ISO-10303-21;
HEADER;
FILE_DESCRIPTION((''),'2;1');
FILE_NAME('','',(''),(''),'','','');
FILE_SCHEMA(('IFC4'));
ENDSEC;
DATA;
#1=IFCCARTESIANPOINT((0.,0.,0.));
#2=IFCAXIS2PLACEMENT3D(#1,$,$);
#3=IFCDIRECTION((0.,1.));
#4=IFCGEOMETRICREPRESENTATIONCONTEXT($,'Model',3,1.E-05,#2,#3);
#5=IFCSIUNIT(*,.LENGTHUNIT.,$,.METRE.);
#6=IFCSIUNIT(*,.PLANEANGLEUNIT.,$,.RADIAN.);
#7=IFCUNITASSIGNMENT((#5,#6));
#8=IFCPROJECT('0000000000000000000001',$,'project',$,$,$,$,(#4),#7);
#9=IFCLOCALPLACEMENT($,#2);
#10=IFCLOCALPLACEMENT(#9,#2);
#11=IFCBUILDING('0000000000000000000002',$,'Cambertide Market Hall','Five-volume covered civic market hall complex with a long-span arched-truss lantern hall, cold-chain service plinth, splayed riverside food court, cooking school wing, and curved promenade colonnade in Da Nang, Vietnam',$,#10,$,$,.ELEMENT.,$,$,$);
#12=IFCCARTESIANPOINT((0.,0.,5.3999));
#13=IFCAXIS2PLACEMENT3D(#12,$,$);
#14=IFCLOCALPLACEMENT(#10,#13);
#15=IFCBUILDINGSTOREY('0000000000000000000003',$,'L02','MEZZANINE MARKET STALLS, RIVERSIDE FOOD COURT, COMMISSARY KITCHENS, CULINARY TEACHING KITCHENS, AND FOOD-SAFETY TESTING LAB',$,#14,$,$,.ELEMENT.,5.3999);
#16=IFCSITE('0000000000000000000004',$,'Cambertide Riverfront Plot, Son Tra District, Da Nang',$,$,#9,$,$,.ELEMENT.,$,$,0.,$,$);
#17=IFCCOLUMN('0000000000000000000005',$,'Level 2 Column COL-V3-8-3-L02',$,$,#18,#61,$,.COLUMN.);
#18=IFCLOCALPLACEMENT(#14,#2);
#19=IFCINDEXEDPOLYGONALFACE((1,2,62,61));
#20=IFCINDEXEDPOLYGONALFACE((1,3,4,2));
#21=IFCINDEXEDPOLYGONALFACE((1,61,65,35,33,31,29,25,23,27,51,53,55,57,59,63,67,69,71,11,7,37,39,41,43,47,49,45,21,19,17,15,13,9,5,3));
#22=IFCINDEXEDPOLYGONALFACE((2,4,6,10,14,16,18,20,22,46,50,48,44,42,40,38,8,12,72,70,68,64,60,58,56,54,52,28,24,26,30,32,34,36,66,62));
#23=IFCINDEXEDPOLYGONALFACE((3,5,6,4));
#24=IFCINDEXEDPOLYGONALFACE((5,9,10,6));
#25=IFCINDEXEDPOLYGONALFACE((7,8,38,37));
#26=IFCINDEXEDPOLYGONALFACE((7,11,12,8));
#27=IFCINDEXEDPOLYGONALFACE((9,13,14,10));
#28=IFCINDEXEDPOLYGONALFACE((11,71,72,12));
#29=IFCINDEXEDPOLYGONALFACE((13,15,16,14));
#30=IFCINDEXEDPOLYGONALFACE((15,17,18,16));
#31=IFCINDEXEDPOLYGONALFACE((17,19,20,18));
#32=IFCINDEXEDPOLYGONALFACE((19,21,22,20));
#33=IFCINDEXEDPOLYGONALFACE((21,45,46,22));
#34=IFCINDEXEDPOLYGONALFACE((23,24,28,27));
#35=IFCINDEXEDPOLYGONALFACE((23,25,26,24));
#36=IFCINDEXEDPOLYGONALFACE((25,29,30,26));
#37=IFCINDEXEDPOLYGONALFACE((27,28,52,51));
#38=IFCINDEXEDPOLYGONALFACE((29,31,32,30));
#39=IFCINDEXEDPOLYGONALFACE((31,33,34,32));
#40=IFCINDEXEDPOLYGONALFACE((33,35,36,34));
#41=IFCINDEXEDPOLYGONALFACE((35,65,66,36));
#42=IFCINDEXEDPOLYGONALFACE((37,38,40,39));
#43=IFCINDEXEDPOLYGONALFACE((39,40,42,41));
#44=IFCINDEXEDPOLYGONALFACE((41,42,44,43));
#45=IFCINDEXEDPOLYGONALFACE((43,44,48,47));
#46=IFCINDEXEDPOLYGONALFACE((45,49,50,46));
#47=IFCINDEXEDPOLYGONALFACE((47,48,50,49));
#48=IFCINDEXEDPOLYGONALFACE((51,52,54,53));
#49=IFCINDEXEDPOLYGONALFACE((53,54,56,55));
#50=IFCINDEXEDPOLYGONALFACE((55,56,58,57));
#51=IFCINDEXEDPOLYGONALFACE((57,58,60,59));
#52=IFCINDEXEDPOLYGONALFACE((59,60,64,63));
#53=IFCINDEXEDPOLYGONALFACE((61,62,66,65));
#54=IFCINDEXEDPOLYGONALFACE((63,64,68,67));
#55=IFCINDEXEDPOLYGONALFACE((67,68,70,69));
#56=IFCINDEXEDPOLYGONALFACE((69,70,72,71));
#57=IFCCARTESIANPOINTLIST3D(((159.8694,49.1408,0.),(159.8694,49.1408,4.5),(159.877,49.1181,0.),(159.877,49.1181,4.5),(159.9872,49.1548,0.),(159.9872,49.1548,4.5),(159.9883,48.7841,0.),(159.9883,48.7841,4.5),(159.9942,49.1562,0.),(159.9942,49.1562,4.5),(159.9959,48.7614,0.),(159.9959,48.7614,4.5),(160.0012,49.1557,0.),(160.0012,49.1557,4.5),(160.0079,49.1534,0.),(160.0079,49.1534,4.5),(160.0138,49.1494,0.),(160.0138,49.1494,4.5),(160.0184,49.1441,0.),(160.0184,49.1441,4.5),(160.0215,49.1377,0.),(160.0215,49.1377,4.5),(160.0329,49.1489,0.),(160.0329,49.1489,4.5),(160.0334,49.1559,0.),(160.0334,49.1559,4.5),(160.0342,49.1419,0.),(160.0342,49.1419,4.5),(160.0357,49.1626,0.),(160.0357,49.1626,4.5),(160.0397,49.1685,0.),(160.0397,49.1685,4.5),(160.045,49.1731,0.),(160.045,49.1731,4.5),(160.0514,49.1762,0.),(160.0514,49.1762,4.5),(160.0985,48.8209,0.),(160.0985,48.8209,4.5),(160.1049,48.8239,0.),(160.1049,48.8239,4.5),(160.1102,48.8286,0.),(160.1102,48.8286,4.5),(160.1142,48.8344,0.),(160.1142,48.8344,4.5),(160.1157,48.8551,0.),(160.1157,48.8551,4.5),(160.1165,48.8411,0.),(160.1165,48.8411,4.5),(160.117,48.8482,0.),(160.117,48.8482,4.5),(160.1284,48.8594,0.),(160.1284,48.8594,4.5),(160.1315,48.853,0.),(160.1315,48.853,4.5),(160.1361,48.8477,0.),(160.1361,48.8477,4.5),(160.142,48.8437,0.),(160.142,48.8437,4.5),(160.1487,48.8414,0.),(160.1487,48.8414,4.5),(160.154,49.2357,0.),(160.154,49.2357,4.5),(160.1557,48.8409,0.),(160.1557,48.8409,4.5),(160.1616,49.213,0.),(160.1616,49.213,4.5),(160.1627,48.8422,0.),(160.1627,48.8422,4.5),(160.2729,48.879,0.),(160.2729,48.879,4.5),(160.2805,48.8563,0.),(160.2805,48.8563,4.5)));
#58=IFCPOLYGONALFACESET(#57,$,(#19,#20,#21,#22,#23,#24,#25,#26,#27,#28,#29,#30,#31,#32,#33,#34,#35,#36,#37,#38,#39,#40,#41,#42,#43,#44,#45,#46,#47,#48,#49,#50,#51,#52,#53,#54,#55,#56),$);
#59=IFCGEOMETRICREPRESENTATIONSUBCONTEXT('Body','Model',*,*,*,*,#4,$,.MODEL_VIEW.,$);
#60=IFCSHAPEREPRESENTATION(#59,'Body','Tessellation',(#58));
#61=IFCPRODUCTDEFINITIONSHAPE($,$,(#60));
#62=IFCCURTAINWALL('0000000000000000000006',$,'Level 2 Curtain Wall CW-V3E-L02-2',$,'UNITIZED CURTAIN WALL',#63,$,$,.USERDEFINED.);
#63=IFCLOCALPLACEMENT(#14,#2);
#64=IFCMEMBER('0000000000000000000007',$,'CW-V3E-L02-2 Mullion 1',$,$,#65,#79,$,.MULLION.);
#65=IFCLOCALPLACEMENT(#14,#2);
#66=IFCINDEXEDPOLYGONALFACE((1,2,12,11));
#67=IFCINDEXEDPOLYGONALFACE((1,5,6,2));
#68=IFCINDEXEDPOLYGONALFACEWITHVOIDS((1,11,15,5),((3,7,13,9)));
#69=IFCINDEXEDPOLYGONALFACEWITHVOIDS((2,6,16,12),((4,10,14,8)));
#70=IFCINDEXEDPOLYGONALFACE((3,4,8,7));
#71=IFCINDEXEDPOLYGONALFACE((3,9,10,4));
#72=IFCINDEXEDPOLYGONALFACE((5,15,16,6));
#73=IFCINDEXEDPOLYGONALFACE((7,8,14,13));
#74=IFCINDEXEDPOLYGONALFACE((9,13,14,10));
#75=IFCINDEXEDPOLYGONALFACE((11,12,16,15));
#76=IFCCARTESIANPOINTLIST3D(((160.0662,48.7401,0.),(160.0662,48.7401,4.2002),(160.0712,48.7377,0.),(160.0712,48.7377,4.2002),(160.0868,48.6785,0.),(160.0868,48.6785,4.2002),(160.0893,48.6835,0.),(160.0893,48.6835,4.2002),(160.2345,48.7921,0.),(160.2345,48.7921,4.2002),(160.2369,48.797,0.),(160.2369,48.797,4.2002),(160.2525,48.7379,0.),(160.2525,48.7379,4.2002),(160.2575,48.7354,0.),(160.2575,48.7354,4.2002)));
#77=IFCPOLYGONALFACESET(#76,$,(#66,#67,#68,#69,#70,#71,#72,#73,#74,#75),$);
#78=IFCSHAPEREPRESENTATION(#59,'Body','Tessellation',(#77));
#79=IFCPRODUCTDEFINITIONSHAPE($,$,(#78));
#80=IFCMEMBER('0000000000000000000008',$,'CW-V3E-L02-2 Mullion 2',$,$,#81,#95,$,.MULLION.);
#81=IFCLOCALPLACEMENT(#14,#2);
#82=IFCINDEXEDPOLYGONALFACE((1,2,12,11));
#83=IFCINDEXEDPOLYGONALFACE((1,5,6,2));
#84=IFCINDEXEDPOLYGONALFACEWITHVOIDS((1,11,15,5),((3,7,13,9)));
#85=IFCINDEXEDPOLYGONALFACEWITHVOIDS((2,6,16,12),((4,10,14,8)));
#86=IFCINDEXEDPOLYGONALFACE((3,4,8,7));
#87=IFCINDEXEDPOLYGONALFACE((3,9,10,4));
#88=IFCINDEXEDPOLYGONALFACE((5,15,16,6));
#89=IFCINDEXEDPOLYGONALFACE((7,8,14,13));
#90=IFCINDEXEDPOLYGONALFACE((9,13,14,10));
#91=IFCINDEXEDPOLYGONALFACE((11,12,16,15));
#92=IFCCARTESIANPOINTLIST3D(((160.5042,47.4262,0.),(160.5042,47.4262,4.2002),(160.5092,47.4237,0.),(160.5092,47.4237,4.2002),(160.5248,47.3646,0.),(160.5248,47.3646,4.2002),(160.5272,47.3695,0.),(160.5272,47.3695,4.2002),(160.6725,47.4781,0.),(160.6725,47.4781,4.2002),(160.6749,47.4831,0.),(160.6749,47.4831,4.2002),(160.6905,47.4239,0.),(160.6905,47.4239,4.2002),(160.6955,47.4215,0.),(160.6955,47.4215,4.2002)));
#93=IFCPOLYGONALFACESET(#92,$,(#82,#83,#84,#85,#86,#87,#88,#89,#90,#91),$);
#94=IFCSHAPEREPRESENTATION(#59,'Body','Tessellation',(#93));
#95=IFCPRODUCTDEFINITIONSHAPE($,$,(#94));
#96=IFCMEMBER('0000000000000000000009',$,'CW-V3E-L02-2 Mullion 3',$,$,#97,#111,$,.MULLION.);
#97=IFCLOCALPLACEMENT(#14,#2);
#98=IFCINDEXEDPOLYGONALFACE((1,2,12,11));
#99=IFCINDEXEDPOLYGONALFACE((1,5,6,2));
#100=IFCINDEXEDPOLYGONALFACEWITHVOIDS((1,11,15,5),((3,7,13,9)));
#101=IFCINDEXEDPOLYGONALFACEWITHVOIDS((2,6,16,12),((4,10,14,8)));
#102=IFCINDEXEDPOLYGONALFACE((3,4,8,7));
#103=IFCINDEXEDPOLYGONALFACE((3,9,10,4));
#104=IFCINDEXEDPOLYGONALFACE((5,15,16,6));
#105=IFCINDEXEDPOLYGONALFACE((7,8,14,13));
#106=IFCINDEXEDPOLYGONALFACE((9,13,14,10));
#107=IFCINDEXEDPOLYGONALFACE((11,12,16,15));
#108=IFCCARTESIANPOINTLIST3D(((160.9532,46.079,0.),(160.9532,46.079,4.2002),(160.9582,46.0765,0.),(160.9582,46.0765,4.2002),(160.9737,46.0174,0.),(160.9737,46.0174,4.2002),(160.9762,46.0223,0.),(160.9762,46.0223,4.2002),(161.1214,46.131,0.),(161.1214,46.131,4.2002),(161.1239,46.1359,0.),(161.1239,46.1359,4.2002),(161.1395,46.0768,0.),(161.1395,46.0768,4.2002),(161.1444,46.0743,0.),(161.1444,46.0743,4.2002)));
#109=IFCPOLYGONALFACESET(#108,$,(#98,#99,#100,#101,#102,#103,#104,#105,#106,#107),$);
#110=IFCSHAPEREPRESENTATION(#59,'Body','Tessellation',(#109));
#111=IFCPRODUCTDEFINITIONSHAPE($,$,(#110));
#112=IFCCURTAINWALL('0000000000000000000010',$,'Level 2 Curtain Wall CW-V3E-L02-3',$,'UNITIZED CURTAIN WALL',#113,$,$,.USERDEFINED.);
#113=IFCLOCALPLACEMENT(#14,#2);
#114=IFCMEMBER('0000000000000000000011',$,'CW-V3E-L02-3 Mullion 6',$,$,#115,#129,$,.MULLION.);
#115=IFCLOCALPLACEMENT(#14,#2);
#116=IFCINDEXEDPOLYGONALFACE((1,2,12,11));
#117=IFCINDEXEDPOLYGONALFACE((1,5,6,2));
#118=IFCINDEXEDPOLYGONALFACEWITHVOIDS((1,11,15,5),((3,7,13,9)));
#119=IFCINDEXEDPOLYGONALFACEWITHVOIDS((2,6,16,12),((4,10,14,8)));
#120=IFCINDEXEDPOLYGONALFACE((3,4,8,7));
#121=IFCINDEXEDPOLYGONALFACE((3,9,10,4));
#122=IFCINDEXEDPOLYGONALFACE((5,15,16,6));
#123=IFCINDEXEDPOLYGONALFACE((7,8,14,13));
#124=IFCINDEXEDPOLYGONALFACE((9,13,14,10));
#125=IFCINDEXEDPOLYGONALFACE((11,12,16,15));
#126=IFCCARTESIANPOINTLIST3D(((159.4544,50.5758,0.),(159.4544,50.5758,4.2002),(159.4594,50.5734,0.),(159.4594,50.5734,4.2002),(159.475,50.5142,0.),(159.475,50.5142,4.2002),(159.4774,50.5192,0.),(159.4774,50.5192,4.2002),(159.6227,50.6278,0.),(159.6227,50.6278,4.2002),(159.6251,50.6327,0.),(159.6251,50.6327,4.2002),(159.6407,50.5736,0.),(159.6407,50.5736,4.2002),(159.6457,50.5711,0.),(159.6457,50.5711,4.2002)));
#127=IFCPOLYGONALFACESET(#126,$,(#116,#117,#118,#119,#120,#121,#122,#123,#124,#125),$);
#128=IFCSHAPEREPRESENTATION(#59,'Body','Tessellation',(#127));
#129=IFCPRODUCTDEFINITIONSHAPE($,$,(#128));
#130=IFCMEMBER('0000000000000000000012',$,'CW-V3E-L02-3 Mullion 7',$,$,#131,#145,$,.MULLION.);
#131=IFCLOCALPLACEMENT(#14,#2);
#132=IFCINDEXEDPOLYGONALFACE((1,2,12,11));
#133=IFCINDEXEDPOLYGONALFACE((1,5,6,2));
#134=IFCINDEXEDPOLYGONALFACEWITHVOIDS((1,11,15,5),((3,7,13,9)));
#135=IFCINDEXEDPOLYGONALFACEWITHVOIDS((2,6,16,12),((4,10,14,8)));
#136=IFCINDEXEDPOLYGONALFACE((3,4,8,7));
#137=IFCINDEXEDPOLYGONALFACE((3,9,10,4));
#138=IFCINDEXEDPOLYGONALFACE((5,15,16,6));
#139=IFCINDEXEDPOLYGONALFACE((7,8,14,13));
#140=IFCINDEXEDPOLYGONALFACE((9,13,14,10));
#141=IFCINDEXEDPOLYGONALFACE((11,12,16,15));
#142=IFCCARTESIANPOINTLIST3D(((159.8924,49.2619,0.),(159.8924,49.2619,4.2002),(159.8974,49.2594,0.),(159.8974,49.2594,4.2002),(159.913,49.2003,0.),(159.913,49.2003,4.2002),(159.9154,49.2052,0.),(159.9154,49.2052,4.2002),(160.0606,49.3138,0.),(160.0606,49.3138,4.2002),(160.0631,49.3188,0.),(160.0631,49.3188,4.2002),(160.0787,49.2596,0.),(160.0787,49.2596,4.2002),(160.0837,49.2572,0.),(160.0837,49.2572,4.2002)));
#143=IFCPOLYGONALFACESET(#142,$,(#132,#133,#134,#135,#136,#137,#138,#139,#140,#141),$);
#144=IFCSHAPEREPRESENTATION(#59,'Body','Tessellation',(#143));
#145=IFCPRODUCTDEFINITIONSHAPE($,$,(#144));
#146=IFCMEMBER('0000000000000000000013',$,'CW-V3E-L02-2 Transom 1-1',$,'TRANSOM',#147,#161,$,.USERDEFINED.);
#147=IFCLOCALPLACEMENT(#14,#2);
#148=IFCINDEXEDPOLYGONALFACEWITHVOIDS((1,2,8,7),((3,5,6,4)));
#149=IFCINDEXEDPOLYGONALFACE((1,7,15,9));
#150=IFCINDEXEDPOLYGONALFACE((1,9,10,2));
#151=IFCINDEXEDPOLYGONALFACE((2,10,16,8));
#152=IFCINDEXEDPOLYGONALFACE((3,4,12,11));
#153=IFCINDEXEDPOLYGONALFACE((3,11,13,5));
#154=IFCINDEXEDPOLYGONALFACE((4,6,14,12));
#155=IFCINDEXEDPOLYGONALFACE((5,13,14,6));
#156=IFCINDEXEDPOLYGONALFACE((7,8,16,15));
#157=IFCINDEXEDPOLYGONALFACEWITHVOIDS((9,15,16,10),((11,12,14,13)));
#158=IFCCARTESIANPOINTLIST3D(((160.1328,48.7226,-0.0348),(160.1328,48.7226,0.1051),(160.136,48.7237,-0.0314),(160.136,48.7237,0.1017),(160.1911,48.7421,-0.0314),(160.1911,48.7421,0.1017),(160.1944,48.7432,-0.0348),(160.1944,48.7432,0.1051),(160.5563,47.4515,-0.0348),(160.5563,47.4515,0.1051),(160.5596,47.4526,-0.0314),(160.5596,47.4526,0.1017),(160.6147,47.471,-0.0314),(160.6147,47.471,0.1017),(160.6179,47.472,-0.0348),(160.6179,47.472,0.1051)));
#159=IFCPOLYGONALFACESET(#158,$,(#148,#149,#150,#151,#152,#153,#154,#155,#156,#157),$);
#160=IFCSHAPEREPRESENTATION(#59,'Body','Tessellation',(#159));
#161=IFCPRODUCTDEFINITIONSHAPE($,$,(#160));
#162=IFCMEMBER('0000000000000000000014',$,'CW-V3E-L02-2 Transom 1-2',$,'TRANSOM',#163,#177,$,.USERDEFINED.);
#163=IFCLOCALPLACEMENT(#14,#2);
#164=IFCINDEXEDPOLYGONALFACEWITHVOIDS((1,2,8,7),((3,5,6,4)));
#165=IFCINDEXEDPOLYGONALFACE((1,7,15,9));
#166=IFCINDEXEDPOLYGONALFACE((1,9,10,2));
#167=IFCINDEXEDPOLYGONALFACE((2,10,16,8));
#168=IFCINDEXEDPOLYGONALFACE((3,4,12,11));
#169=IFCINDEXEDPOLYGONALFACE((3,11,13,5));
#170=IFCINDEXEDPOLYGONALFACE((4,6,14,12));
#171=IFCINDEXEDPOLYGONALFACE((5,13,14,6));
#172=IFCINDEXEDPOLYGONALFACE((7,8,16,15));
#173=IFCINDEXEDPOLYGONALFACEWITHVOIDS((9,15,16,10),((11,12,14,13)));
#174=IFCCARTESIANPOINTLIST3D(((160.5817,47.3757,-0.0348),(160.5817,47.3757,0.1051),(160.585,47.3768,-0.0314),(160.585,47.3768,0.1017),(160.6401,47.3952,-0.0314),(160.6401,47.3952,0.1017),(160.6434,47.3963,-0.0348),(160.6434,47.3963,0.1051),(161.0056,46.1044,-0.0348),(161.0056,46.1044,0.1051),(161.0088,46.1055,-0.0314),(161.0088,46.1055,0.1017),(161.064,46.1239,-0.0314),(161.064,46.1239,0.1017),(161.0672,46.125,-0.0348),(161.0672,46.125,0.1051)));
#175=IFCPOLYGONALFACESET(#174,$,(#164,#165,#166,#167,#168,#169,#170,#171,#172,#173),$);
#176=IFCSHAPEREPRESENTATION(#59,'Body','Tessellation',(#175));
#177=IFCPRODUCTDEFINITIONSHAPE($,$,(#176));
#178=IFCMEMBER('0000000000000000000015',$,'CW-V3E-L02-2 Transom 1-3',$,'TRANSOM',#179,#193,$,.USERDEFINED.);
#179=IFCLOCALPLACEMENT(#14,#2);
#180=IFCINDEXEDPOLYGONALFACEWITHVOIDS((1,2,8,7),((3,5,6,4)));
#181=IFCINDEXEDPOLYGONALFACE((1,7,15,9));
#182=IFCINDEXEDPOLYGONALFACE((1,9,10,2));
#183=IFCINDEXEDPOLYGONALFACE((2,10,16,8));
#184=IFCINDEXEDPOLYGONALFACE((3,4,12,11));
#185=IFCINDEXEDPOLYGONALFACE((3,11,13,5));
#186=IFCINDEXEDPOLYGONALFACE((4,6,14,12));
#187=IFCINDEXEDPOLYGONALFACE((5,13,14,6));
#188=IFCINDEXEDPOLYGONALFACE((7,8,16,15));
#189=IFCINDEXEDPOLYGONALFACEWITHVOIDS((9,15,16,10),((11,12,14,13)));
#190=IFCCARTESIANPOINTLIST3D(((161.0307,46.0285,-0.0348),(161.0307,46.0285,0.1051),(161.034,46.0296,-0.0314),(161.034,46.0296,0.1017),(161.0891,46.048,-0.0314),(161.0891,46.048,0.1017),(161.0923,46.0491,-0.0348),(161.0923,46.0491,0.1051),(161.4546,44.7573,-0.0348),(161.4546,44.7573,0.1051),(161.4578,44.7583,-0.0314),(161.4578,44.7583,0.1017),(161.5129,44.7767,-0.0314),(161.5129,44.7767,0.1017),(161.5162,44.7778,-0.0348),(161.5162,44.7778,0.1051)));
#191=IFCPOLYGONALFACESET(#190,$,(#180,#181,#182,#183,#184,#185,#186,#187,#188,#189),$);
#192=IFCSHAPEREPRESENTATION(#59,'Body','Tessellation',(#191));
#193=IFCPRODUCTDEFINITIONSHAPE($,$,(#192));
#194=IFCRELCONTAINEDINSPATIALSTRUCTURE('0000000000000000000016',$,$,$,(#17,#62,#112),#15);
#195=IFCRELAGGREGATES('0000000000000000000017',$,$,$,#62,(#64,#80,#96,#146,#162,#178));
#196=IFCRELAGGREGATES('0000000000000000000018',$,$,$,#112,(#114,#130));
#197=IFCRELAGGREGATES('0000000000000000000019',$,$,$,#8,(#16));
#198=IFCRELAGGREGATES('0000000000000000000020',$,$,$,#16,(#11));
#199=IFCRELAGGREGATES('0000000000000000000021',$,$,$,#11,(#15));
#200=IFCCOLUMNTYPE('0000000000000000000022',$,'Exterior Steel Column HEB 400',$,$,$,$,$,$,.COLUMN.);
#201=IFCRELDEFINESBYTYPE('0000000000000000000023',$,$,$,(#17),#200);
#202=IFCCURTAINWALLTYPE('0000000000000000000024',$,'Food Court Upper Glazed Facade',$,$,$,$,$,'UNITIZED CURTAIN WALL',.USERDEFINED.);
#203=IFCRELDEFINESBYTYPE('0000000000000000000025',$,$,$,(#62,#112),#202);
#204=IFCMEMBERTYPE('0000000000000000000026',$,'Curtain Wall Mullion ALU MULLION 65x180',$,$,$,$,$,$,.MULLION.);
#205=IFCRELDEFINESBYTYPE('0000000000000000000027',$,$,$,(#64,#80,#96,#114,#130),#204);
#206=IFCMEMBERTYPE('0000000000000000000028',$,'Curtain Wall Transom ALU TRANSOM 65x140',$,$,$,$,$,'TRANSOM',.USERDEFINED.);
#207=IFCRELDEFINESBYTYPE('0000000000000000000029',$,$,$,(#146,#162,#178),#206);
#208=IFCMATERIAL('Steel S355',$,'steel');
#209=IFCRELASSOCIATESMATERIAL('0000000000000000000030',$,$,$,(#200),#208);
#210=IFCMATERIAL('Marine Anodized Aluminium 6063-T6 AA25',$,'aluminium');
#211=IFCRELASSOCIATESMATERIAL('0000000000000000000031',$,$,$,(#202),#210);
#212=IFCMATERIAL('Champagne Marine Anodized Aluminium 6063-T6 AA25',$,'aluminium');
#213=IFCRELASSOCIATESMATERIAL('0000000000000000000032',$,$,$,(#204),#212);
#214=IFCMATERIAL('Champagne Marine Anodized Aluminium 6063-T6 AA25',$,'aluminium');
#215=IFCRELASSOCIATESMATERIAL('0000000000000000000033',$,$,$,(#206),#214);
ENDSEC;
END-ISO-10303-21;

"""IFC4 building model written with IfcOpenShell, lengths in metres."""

from ifc_helpers import new_model, si_unit, direction, frame, origin, origin_2d, place, context, subcontext, project, spatial, hollow_rectangle, i_section, extrude, material, material_profile, profile_set, type_object, element, aggregate, save


model = new_model("IFC4")

# Units and contexts
model_context = context("Model", 3, precision=1e-05, world=origin(), true_north=direction((0.0, 1.0)))
body_context = subcontext(model_context, "Body", "Model", "MODEL_VIEW")
ifc_project = project(units=[si_unit("LENGTHUNIT", "METRE"), si_unit("PLANEANGLEUNIT", "RADIAN")], contexts=[model_context])

# Site, building, storey
site_placement = place(None, origin())
site = spatial("IfcSite", under=ifc_project, at=site_placement, Name="Cambertide Riverfront Plot, Son Tra District, Da Nang", CompositionType="ELEMENT", RefElevation=0.0)
building_placement = place(site_placement, origin())
building = spatial("IfcBuilding", under=site, at=building_placement, Name="Cambertide Market Hall", Description="Five-volume covered civic market hall complex with a long-span arched-truss lantern hall, cold-chain service plinth, splayed riverside food court, cooking school wing, and curved promenade colonnade in Da Nang, Vietnam", CompositionType="ELEMENT")
storey_placement = place(building_placement, frame((0.0, 0.0, 5.3999)))
storey = spatial("IfcBuildingStorey", under=building, at=storey_placement, Name="L02", Description="MEZZANINE MARKET STALLS, RIVERSIDE FOOD COURT, COMMISSARY KITCHENS, CULINARY TEACHING KITCHENS, AND FOOD-SAFETY TESTING LAB", CompositionType="ELEMENT", Elevation=5.3999)

# Column
ifc_material_1 = material(Name="Steel S355", Category="steel")
ifc_material_profile_1 = material_profile(ifc_material_1, i_section(OverallWidth=0.3, OverallDepth=0.3999, WebThickness=0.0134, FlangeThickness=0.0239, FilletRadius=0.0271, at=origin_2d()), Name="HEB 400")
ifc_profile_set_1 = profile_set([ifc_material_profile_1], Name="Steel S355")
column_type = type_object("IfcColumnType", Name="Exterior Steel Column HEB 400", PredefinedType="COLUMN", material=ifc_profile_set_1)
column_placement = place(storey_placement, frame((160.075, 48.9985, 0.0), z_axis=(0.0, 0.0, 1.0), x_axis=(0.948683, 0.316228, 0.0)))
element("IfcColumn", 1, at=column_placement, inside=storey, type_object=column_type, Name="Level 2 Column COL-V3-8-3-L02", PredefinedType="COLUMN", context=body_context, shape_type="SweptSolid", body=[
    extrude(i_section(OverallWidth=0.3, OverallDepth=0.3999, WebThickness=0.0134, FlangeThickness=0.0239, FilletRadius=0.0271, at=origin_2d()), origin(), (0.0, 0.0, 1.0), 4.5),
])

# Curtain walls, members
ifc_material_2 = material(Name="Marine Anodized Aluminium 6063-T6 AA25", Category="aluminium")
curtain_wall_type = type_object("IfcCurtainWallType", Name="Food Court Upper Glazed Facade", ElementType="UNITIZED CURTAIN WALL", PredefinedType="USERDEFINED", material=ifc_material_2)
curtain_wall_1_placement = place(storey_placement, origin())
curtain_wall_1 = element("IfcCurtainWall", 2, at=curtain_wall_1_placement, inside=storey, type_object=curtain_wall_type, Name="Level 2 Curtain Wall CW-V3E-L02-2", ObjectType="UNITIZED CURTAIN WALL", PredefinedType="USERDEFINED")
ifc_material_3 = material(Name="Champagne Marine Anodized Aluminium 6063-T6 AA25", Category="aluminium")
ifc_material_profile_2 = material_profile(ifc_material_3, hollow_rectangle(XDim=0.0649, YDim=0.1799, WallThickness=0.0039, at=origin_2d()), Name="ALU MULLION 65x180")
ifc_profile_set_2 = profile_set([ifc_material_profile_2], Name="Champagne Marine Anodized Aluminium 6063-T6 AA25")
member_type_1 = type_object("IfcMemberType", Name="Curtain Wall Mullion ALU MULLION 65x180", PredefinedType="MULLION", material=ifc_profile_set_2)
member_1_placement = place(storey_placement, frame((160.1619, 48.7378, 0.0), z_axis=(0.0, 0.0, 1.0), x_axis=(0.316228, -0.948683, 0.0)))
member_1 = element("IfcMember", 3, at=member_1_placement, type_object=member_type_1, Name="CW-V3E-L02-2 Mullion 1", PredefinedType="MULLION", context=body_context, shape_type="SweptSolid", body=[
    extrude(hollow_rectangle(XDim=0.0649, YDim=0.1799, WallThickness=0.0039, at=origin_2d()), origin(), (0.0, 0.0, 1.0), 4.2002),
])
member_2_placement = place(storey_placement, frame((160.5999, 47.4238, 0.0), z_axis=(0.0, 0.0, 1.0), x_axis=(0.316228, -0.948683, 0.0)))
member_2 = element("IfcMember", 4, at=member_2_placement, type_object=member_type_1, Name="CW-V3E-L02-2 Mullion 2", PredefinedType="MULLION", context=body_context, shape_type="SweptSolid", body=[
    extrude(hollow_rectangle(XDim=0.0649, YDim=0.1799, WallThickness=0.0039, at=origin_2d()), origin(), (0.0, 0.0, 1.0), 4.2002),
])
member_3_placement = place(storey_placement, frame((161.0488, 46.0767, 0.0), z_axis=(0.0, 0.0, 1.0), x_axis=(0.316228, -0.948683, 0.0)))
member_3 = element("IfcMember", 5, at=member_3_placement, type_object=member_type_1, Name="CW-V3E-L02-2 Mullion 3", PredefinedType="MULLION", context=body_context, shape_type="SweptSolid", body=[
    extrude(hollow_rectangle(XDim=0.0649, YDim=0.1799, WallThickness=0.0039, at=origin_2d()), origin(), (0.0, 0.0, 1.0), 4.2002),
])
curtain_wall_2_placement = place(storey_placement, origin())
curtain_wall_2 = element("IfcCurtainWall", 6, at=curtain_wall_2_placement, inside=storey, type_object=curtain_wall_type, Name="Level 2 Curtain Wall CW-V3E-L02-3", ObjectType="UNITIZED CURTAIN WALL", PredefinedType="USERDEFINED")
member_4_placement = place(storey_placement, frame((159.55, 50.5735, 0.0), z_axis=(0.0, 0.0, 1.0), x_axis=(0.316228, -0.948683, 0.0)))
member_4 = element("IfcMember", 7, at=member_4_placement, type_object=member_type_1, Name="CW-V3E-L02-3 Mullion 6", PredefinedType="MULLION", context=body_context, shape_type="SweptSolid", body=[
    extrude(hollow_rectangle(XDim=0.0649, YDim=0.1799, WallThickness=0.0039, at=origin_2d()), origin(), (0.0, 0.0, 1.0), 4.2002),
])
member_5_placement = place(storey_placement, frame((159.988, 49.2595, 0.0), z_axis=(0.0, 0.0, 1.0), x_axis=(0.316228, -0.948683, 0.0)))
member_5 = element("IfcMember", 8, at=member_5_placement, type_object=member_type_1, Name="CW-V3E-L02-3 Mullion 7", PredefinedType="MULLION", context=body_context, shape_type="SweptSolid", body=[
    extrude(hollow_rectangle(XDim=0.0649, YDim=0.1799, WallThickness=0.0039, at=origin_2d()), origin(), (0.0, 0.0, 1.0), 4.2002),
])

# Members
ifc_material_4 = material(Name="Champagne Marine Anodized Aluminium 6063-T6 AA25", Category="aluminium")
ifc_material_profile_3 = material_profile(ifc_material_4, hollow_rectangle(XDim=0.0649, YDim=0.1399, WallThickness=0.0034, at=origin_2d()), Name="ALU TRANSOM 65x140")
ifc_profile_set_3 = profile_set([ifc_material_profile_3], Name="Champagne Marine Anodized Aluminium 6063-T6 AA25")
member_type_2 = type_object("IfcMemberType", Name="Curtain Wall Transom ALU TRANSOM 65x140", ElementType="TRANSOM", PredefinedType="USERDEFINED", material=ifc_profile_set_3)
member_6_placement = place(storey_placement, frame((160.1636, 48.7329, 0.0352), z_axis=(0.316118, -0.94872, 0.0), x_axis=(0.94872, 0.316118, 0.0)))
member_6 = element("IfcMember", 9, at=member_6_placement, type_object=member_type_2, Name="CW-V3E-L02-2 Transom 1-1", ObjectType="TRANSOM", PredefinedType="USERDEFINED", context=body_context, shape_type="SweptSolid", body=[
    extrude(hollow_rectangle(XDim=0.0649, YDim=0.1399, WallThickness=0.0034, at=origin_2d()), origin(), (0.0, 0.0, 1.0), 1.3398),
])
member_7_placement = place(storey_placement, frame((160.6125, 47.386, 0.0352), z_axis=(0.316282, -0.948665, 0.0), x_axis=(0.948665, 0.316282, 0.0)))
member_7 = element("IfcMember", 10, at=member_7_placement, type_object=member_type_2, Name="CW-V3E-L02-2 Transom 1-2", ObjectType="TRANSOM", PredefinedType="USERDEFINED", context=body_context, shape_type="SweptSolid", body=[
    extrude(hollow_rectangle(XDim=0.0649, YDim=0.1399, WallThickness=0.0034, at=origin_2d()), origin(), (0.0, 0.0, 1.0), 1.3401),
])
member_8_placement = place(storey_placement, frame((161.0615, 46.0388, 0.0352), z_axis=(0.316282, -0.948665, 0.0), x_axis=(0.948665, 0.316282, 0.0)))
member_8 = element("IfcMember", 11, at=member_8_placement, type_object=member_type_2, Name="CW-V3E-L02-2 Transom 1-3", ObjectType="TRANSOM", PredefinedType="USERDEFINED", context=body_context, shape_type="SweptSolid", body=[
    extrude(hollow_rectangle(XDim=0.0649, YDim=0.1399, WallThickness=0.0034, at=origin_2d()), origin(), (0.0, 0.0, 1.0), 1.3401),
])

aggregate(curtain_wall_1, [member_1, member_2, member_3, member_6, member_7, member_8])
aggregate(curtain_wall_2, [member_4, member_5])

save(model, "model.ifc")
